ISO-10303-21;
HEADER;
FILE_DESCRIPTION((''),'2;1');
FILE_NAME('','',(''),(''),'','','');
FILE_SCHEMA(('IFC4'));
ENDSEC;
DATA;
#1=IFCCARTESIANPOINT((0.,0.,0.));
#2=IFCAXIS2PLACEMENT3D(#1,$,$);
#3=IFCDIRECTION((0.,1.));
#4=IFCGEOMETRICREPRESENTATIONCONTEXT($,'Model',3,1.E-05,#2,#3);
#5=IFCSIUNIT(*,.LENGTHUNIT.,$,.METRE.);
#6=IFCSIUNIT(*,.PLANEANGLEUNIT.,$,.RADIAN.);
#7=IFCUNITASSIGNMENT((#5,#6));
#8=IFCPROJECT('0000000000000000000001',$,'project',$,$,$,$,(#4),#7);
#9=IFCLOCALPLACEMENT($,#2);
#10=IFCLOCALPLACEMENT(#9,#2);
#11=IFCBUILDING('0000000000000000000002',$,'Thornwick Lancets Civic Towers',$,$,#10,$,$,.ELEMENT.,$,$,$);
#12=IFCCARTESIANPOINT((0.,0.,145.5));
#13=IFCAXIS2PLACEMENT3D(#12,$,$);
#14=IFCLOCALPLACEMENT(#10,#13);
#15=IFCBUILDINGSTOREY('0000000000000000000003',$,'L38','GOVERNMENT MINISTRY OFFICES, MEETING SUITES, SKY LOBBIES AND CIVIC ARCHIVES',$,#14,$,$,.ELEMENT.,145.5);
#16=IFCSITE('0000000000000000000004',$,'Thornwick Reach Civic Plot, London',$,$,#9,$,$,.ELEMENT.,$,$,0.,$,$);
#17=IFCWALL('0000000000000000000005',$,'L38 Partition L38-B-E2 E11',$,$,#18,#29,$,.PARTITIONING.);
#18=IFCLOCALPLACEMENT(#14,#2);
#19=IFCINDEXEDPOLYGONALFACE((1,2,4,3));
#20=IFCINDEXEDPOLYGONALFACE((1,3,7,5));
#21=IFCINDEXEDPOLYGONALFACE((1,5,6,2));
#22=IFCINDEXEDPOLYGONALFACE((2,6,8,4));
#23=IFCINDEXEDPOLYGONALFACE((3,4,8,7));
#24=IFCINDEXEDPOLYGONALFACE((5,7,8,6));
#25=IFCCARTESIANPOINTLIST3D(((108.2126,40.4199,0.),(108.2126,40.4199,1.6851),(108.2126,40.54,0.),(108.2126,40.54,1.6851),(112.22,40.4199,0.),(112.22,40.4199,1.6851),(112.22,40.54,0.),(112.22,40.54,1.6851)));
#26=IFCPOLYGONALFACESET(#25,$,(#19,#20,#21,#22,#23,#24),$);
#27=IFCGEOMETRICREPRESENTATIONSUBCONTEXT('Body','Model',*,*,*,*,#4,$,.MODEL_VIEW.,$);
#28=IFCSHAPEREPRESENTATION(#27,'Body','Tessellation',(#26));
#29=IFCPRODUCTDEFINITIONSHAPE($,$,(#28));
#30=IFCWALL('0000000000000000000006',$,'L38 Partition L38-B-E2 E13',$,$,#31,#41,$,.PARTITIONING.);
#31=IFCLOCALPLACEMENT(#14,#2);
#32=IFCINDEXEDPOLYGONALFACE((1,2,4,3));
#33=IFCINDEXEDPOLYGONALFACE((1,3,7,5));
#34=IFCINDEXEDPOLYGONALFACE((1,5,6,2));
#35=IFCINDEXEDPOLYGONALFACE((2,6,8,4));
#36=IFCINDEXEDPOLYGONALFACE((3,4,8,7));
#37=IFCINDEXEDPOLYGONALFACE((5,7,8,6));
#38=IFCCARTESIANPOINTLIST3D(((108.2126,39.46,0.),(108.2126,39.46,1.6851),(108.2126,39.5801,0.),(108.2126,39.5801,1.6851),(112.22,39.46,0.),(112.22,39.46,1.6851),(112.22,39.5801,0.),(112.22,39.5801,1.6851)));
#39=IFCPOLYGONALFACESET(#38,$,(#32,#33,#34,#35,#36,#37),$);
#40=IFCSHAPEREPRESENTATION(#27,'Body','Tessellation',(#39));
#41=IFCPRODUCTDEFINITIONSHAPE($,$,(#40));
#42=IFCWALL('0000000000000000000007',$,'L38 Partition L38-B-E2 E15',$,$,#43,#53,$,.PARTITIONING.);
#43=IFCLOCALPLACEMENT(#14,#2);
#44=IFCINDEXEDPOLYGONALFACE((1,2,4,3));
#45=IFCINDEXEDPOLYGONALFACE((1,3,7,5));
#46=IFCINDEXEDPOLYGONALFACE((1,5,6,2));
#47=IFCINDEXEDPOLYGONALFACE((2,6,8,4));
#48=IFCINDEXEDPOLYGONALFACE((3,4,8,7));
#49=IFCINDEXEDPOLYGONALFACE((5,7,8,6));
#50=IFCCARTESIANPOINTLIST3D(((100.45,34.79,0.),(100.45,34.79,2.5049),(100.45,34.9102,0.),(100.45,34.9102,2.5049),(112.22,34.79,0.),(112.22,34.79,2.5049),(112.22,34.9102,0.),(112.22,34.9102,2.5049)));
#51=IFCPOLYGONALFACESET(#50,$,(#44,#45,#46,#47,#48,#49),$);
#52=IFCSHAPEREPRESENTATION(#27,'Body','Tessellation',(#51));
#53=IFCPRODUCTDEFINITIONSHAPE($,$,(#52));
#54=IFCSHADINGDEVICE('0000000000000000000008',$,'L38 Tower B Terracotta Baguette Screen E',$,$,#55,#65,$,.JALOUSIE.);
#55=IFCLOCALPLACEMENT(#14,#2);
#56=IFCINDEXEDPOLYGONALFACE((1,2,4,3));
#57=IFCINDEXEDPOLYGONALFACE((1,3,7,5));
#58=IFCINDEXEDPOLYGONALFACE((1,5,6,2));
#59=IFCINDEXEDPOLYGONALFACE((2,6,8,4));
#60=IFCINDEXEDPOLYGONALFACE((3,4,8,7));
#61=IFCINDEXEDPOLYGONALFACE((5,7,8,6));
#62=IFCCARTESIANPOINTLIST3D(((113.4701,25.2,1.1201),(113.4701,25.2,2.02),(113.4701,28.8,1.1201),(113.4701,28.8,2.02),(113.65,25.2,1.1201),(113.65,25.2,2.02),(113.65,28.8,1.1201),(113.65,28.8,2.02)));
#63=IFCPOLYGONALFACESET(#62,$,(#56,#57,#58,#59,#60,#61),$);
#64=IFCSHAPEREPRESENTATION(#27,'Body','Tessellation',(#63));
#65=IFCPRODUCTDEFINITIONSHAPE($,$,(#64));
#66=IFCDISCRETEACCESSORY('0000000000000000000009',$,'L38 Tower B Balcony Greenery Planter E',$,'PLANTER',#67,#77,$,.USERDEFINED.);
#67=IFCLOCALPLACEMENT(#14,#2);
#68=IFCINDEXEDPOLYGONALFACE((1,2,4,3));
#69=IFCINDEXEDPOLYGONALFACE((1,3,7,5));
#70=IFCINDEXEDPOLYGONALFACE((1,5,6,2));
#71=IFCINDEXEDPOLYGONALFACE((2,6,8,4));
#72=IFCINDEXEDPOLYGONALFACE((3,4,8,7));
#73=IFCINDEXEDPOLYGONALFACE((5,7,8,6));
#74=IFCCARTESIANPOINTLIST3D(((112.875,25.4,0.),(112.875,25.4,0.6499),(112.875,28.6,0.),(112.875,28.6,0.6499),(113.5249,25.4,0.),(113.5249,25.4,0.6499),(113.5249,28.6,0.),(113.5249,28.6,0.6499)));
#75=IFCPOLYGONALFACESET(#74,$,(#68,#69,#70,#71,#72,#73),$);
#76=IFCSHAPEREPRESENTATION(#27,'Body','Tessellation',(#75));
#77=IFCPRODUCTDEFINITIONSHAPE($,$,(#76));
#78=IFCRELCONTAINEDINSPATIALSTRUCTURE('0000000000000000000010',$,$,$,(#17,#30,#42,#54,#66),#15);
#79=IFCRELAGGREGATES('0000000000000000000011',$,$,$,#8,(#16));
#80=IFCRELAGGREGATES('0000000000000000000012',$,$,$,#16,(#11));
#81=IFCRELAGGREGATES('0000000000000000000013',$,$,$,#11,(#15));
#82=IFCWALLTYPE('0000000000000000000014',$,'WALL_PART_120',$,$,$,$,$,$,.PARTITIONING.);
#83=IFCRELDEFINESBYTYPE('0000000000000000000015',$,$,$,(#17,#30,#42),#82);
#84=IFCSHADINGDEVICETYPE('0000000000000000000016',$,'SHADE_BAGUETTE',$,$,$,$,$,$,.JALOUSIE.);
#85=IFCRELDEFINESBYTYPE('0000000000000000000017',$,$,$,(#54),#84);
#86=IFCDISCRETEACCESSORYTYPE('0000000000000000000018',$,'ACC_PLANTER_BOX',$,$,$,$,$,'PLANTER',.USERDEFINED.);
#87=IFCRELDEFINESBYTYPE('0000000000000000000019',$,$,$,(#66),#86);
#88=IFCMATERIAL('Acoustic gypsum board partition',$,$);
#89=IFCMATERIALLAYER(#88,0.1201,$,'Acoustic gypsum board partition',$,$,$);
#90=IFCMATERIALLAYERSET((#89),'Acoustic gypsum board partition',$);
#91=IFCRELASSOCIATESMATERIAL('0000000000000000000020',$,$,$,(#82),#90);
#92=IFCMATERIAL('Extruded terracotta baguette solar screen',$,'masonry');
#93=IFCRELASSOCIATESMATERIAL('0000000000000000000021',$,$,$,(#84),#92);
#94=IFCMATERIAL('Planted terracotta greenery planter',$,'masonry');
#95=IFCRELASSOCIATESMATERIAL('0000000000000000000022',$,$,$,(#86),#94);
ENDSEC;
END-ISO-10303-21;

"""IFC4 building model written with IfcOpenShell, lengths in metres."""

from ifc_helpers import new_model, si_unit, direction, frame, frame_2d, origin, origin_2d, place, context, subcontext, project, spatial, rectangle, extrude, material, layer, layer_set, type_object, element, save


model = new_model("IFC4")

# Units and contexts
model_context = context("Model", 3, precision=1e-05, world=origin(), true_north=direction((0.0, 1.0)))
body_context = subcontext(model_context, "Body", "Model", "MODEL_VIEW")
ifc_project = project(units=[si_unit("LENGTHUNIT", "METRE"), si_unit("PLANEANGLEUNIT", "RADIAN")], contexts=[model_context])

# Site, building, storey
site_placement = place(None, origin())
site = spatial("IfcSite", under=ifc_project, at=site_placement, Name="Thornwick Reach Civic Plot, London", CompositionType="ELEMENT", RefElevation=0.0)
building_placement = place(site_placement, origin())
building = spatial("IfcBuilding", under=site, at=building_placement, Name="Thornwick Lancets Civic Towers", CompositionType="ELEMENT")
storey_placement = place(building_placement, frame((0.0, 0.0, 145.5)))
storey = spatial("IfcBuildingStorey", under=building, at=storey_placement, Name="L38", Description="GOVERNMENT MINISTRY OFFICES, MEETING SUITES, SKY LOBBIES AND CIVIC ARCHIVES", CompositionType="ELEMENT", Elevation=145.5)

# Walls
ifc_material_1 = material(Name="Acoustic gypsum board partition")
ifc_layer_1 = layer(ifc_material_1, 0.1201, Name="Acoustic gypsum board partition")
ifc_layer_set_1 = layer_set([ifc_layer_1], Name="Acoustic gypsum board partition")
wall_type_1 = type_object("IfcWallType", Name="WALL_PART_120", PredefinedType="PARTITIONING", material=ifc_layer_set_1)
for number, where, z_axis, x_axis, name in (
    (1, (112.22, 40.48, 0.0), (0.0, 0.0, 1.0), (-1.0, 0.0, 0.0), "L38 Partition L38-B-E2 E11"),
    (2, (108.2126, 39.52, 0.0), (0.0, 0.0, 1.0), (1.0, 0.0, 0.0), "L38 Partition L38-B-E2 E13"),
):
    element("IfcWall", number, at=place(storey_placement, frame(where, z_axis=z_axis, x_axis=x_axis)), inside=storey, type_object=wall_type_1, Name=name, PredefinedType="PARTITIONING", context=body_context, shape_type="SweptSolid", body=[
        extrude(rectangle(XDim=4.0073, YDim=0.1201, at=frame_2d((2.0037, 0.0))), origin(), (0.0, 0.0, 1.0), 1.6851),
    ])
wall_1_placement = place(storey_placement, frame((112.22, 34.8501, 0.0), z_axis=(0.0, 0.0, 1.0), x_axis=(-1.0, 0.0, 0.0)))
element("IfcWall", 3, at=wall_1_placement, inside=storey, type_object=wall_type_1, Name="L38 Partition L38-B-E2 E15", PredefinedType="PARTITIONING", context=body_context, shape_type="SweptSolid", body=[
    extrude(rectangle(XDim=11.77, YDim=0.1201, at=frame_2d((5.885, 0.0))), origin(), (0.0, 0.0, 1.0), 2.5049),
])

# Shading device
ifc_material_2 = material(Name="Extruded terracotta baguette solar screen", Category="masonry")
shading_device_type = type_object("IfcShadingDeviceType", Name="SHADE_BAGUETTE", PredefinedType="JALOUSIE", material=ifc_material_2)
shading_device_placement = place(storey_placement, frame((113.5601, 27.0, 1.1201), z_axis=(0.0, 0.0, 1.0), x_axis=(0.0, 1.0, 0.0)))
element("IfcShadingDevice", 4, at=shading_device_placement, inside=storey, type_object=shading_device_type, Name="L38 Tower B Terracotta Baguette Screen E", PredefinedType="JALOUSIE", context=body_context, shape_type="SweptSolid", body=[
    extrude(rectangle(XDim=3.6001, YDim=0.1799, at=origin_2d()), origin(), (0.0, 0.0, 1.0), 0.8999),
])

# Discrete accessory
ifc_material_3 = material(Name="Planted terracotta greenery planter", Category="masonry")
discrete_accessory_type = type_object("IfcDiscreteAccessoryType", Name="ACC_PLANTER_BOX", ElementType="PLANTER", PredefinedType="USERDEFINED", material=ifc_material_3)
discrete_accessory_placement = place(storey_placement, frame((113.2, 27.0, 0.0), z_axis=(0.0, 0.0, 1.0), x_axis=(1.0, 0.0, 0.0)))
element("IfcDiscreteAccessory", 5, at=discrete_accessory_placement, inside=storey, type_object=discrete_accessory_type, Name="L38 Tower B Balcony Greenery Planter E", ObjectType="PLANTER", PredefinedType="USERDEFINED", context=body_context, shape_type="SweptSolid", body=[
    extrude(rectangle(XDim=0.6499, YDim=3.2, at=origin_2d()), origin(), (0.0, 0.0, 1.0), 0.6499),
])

save(model, "model.ifc")
